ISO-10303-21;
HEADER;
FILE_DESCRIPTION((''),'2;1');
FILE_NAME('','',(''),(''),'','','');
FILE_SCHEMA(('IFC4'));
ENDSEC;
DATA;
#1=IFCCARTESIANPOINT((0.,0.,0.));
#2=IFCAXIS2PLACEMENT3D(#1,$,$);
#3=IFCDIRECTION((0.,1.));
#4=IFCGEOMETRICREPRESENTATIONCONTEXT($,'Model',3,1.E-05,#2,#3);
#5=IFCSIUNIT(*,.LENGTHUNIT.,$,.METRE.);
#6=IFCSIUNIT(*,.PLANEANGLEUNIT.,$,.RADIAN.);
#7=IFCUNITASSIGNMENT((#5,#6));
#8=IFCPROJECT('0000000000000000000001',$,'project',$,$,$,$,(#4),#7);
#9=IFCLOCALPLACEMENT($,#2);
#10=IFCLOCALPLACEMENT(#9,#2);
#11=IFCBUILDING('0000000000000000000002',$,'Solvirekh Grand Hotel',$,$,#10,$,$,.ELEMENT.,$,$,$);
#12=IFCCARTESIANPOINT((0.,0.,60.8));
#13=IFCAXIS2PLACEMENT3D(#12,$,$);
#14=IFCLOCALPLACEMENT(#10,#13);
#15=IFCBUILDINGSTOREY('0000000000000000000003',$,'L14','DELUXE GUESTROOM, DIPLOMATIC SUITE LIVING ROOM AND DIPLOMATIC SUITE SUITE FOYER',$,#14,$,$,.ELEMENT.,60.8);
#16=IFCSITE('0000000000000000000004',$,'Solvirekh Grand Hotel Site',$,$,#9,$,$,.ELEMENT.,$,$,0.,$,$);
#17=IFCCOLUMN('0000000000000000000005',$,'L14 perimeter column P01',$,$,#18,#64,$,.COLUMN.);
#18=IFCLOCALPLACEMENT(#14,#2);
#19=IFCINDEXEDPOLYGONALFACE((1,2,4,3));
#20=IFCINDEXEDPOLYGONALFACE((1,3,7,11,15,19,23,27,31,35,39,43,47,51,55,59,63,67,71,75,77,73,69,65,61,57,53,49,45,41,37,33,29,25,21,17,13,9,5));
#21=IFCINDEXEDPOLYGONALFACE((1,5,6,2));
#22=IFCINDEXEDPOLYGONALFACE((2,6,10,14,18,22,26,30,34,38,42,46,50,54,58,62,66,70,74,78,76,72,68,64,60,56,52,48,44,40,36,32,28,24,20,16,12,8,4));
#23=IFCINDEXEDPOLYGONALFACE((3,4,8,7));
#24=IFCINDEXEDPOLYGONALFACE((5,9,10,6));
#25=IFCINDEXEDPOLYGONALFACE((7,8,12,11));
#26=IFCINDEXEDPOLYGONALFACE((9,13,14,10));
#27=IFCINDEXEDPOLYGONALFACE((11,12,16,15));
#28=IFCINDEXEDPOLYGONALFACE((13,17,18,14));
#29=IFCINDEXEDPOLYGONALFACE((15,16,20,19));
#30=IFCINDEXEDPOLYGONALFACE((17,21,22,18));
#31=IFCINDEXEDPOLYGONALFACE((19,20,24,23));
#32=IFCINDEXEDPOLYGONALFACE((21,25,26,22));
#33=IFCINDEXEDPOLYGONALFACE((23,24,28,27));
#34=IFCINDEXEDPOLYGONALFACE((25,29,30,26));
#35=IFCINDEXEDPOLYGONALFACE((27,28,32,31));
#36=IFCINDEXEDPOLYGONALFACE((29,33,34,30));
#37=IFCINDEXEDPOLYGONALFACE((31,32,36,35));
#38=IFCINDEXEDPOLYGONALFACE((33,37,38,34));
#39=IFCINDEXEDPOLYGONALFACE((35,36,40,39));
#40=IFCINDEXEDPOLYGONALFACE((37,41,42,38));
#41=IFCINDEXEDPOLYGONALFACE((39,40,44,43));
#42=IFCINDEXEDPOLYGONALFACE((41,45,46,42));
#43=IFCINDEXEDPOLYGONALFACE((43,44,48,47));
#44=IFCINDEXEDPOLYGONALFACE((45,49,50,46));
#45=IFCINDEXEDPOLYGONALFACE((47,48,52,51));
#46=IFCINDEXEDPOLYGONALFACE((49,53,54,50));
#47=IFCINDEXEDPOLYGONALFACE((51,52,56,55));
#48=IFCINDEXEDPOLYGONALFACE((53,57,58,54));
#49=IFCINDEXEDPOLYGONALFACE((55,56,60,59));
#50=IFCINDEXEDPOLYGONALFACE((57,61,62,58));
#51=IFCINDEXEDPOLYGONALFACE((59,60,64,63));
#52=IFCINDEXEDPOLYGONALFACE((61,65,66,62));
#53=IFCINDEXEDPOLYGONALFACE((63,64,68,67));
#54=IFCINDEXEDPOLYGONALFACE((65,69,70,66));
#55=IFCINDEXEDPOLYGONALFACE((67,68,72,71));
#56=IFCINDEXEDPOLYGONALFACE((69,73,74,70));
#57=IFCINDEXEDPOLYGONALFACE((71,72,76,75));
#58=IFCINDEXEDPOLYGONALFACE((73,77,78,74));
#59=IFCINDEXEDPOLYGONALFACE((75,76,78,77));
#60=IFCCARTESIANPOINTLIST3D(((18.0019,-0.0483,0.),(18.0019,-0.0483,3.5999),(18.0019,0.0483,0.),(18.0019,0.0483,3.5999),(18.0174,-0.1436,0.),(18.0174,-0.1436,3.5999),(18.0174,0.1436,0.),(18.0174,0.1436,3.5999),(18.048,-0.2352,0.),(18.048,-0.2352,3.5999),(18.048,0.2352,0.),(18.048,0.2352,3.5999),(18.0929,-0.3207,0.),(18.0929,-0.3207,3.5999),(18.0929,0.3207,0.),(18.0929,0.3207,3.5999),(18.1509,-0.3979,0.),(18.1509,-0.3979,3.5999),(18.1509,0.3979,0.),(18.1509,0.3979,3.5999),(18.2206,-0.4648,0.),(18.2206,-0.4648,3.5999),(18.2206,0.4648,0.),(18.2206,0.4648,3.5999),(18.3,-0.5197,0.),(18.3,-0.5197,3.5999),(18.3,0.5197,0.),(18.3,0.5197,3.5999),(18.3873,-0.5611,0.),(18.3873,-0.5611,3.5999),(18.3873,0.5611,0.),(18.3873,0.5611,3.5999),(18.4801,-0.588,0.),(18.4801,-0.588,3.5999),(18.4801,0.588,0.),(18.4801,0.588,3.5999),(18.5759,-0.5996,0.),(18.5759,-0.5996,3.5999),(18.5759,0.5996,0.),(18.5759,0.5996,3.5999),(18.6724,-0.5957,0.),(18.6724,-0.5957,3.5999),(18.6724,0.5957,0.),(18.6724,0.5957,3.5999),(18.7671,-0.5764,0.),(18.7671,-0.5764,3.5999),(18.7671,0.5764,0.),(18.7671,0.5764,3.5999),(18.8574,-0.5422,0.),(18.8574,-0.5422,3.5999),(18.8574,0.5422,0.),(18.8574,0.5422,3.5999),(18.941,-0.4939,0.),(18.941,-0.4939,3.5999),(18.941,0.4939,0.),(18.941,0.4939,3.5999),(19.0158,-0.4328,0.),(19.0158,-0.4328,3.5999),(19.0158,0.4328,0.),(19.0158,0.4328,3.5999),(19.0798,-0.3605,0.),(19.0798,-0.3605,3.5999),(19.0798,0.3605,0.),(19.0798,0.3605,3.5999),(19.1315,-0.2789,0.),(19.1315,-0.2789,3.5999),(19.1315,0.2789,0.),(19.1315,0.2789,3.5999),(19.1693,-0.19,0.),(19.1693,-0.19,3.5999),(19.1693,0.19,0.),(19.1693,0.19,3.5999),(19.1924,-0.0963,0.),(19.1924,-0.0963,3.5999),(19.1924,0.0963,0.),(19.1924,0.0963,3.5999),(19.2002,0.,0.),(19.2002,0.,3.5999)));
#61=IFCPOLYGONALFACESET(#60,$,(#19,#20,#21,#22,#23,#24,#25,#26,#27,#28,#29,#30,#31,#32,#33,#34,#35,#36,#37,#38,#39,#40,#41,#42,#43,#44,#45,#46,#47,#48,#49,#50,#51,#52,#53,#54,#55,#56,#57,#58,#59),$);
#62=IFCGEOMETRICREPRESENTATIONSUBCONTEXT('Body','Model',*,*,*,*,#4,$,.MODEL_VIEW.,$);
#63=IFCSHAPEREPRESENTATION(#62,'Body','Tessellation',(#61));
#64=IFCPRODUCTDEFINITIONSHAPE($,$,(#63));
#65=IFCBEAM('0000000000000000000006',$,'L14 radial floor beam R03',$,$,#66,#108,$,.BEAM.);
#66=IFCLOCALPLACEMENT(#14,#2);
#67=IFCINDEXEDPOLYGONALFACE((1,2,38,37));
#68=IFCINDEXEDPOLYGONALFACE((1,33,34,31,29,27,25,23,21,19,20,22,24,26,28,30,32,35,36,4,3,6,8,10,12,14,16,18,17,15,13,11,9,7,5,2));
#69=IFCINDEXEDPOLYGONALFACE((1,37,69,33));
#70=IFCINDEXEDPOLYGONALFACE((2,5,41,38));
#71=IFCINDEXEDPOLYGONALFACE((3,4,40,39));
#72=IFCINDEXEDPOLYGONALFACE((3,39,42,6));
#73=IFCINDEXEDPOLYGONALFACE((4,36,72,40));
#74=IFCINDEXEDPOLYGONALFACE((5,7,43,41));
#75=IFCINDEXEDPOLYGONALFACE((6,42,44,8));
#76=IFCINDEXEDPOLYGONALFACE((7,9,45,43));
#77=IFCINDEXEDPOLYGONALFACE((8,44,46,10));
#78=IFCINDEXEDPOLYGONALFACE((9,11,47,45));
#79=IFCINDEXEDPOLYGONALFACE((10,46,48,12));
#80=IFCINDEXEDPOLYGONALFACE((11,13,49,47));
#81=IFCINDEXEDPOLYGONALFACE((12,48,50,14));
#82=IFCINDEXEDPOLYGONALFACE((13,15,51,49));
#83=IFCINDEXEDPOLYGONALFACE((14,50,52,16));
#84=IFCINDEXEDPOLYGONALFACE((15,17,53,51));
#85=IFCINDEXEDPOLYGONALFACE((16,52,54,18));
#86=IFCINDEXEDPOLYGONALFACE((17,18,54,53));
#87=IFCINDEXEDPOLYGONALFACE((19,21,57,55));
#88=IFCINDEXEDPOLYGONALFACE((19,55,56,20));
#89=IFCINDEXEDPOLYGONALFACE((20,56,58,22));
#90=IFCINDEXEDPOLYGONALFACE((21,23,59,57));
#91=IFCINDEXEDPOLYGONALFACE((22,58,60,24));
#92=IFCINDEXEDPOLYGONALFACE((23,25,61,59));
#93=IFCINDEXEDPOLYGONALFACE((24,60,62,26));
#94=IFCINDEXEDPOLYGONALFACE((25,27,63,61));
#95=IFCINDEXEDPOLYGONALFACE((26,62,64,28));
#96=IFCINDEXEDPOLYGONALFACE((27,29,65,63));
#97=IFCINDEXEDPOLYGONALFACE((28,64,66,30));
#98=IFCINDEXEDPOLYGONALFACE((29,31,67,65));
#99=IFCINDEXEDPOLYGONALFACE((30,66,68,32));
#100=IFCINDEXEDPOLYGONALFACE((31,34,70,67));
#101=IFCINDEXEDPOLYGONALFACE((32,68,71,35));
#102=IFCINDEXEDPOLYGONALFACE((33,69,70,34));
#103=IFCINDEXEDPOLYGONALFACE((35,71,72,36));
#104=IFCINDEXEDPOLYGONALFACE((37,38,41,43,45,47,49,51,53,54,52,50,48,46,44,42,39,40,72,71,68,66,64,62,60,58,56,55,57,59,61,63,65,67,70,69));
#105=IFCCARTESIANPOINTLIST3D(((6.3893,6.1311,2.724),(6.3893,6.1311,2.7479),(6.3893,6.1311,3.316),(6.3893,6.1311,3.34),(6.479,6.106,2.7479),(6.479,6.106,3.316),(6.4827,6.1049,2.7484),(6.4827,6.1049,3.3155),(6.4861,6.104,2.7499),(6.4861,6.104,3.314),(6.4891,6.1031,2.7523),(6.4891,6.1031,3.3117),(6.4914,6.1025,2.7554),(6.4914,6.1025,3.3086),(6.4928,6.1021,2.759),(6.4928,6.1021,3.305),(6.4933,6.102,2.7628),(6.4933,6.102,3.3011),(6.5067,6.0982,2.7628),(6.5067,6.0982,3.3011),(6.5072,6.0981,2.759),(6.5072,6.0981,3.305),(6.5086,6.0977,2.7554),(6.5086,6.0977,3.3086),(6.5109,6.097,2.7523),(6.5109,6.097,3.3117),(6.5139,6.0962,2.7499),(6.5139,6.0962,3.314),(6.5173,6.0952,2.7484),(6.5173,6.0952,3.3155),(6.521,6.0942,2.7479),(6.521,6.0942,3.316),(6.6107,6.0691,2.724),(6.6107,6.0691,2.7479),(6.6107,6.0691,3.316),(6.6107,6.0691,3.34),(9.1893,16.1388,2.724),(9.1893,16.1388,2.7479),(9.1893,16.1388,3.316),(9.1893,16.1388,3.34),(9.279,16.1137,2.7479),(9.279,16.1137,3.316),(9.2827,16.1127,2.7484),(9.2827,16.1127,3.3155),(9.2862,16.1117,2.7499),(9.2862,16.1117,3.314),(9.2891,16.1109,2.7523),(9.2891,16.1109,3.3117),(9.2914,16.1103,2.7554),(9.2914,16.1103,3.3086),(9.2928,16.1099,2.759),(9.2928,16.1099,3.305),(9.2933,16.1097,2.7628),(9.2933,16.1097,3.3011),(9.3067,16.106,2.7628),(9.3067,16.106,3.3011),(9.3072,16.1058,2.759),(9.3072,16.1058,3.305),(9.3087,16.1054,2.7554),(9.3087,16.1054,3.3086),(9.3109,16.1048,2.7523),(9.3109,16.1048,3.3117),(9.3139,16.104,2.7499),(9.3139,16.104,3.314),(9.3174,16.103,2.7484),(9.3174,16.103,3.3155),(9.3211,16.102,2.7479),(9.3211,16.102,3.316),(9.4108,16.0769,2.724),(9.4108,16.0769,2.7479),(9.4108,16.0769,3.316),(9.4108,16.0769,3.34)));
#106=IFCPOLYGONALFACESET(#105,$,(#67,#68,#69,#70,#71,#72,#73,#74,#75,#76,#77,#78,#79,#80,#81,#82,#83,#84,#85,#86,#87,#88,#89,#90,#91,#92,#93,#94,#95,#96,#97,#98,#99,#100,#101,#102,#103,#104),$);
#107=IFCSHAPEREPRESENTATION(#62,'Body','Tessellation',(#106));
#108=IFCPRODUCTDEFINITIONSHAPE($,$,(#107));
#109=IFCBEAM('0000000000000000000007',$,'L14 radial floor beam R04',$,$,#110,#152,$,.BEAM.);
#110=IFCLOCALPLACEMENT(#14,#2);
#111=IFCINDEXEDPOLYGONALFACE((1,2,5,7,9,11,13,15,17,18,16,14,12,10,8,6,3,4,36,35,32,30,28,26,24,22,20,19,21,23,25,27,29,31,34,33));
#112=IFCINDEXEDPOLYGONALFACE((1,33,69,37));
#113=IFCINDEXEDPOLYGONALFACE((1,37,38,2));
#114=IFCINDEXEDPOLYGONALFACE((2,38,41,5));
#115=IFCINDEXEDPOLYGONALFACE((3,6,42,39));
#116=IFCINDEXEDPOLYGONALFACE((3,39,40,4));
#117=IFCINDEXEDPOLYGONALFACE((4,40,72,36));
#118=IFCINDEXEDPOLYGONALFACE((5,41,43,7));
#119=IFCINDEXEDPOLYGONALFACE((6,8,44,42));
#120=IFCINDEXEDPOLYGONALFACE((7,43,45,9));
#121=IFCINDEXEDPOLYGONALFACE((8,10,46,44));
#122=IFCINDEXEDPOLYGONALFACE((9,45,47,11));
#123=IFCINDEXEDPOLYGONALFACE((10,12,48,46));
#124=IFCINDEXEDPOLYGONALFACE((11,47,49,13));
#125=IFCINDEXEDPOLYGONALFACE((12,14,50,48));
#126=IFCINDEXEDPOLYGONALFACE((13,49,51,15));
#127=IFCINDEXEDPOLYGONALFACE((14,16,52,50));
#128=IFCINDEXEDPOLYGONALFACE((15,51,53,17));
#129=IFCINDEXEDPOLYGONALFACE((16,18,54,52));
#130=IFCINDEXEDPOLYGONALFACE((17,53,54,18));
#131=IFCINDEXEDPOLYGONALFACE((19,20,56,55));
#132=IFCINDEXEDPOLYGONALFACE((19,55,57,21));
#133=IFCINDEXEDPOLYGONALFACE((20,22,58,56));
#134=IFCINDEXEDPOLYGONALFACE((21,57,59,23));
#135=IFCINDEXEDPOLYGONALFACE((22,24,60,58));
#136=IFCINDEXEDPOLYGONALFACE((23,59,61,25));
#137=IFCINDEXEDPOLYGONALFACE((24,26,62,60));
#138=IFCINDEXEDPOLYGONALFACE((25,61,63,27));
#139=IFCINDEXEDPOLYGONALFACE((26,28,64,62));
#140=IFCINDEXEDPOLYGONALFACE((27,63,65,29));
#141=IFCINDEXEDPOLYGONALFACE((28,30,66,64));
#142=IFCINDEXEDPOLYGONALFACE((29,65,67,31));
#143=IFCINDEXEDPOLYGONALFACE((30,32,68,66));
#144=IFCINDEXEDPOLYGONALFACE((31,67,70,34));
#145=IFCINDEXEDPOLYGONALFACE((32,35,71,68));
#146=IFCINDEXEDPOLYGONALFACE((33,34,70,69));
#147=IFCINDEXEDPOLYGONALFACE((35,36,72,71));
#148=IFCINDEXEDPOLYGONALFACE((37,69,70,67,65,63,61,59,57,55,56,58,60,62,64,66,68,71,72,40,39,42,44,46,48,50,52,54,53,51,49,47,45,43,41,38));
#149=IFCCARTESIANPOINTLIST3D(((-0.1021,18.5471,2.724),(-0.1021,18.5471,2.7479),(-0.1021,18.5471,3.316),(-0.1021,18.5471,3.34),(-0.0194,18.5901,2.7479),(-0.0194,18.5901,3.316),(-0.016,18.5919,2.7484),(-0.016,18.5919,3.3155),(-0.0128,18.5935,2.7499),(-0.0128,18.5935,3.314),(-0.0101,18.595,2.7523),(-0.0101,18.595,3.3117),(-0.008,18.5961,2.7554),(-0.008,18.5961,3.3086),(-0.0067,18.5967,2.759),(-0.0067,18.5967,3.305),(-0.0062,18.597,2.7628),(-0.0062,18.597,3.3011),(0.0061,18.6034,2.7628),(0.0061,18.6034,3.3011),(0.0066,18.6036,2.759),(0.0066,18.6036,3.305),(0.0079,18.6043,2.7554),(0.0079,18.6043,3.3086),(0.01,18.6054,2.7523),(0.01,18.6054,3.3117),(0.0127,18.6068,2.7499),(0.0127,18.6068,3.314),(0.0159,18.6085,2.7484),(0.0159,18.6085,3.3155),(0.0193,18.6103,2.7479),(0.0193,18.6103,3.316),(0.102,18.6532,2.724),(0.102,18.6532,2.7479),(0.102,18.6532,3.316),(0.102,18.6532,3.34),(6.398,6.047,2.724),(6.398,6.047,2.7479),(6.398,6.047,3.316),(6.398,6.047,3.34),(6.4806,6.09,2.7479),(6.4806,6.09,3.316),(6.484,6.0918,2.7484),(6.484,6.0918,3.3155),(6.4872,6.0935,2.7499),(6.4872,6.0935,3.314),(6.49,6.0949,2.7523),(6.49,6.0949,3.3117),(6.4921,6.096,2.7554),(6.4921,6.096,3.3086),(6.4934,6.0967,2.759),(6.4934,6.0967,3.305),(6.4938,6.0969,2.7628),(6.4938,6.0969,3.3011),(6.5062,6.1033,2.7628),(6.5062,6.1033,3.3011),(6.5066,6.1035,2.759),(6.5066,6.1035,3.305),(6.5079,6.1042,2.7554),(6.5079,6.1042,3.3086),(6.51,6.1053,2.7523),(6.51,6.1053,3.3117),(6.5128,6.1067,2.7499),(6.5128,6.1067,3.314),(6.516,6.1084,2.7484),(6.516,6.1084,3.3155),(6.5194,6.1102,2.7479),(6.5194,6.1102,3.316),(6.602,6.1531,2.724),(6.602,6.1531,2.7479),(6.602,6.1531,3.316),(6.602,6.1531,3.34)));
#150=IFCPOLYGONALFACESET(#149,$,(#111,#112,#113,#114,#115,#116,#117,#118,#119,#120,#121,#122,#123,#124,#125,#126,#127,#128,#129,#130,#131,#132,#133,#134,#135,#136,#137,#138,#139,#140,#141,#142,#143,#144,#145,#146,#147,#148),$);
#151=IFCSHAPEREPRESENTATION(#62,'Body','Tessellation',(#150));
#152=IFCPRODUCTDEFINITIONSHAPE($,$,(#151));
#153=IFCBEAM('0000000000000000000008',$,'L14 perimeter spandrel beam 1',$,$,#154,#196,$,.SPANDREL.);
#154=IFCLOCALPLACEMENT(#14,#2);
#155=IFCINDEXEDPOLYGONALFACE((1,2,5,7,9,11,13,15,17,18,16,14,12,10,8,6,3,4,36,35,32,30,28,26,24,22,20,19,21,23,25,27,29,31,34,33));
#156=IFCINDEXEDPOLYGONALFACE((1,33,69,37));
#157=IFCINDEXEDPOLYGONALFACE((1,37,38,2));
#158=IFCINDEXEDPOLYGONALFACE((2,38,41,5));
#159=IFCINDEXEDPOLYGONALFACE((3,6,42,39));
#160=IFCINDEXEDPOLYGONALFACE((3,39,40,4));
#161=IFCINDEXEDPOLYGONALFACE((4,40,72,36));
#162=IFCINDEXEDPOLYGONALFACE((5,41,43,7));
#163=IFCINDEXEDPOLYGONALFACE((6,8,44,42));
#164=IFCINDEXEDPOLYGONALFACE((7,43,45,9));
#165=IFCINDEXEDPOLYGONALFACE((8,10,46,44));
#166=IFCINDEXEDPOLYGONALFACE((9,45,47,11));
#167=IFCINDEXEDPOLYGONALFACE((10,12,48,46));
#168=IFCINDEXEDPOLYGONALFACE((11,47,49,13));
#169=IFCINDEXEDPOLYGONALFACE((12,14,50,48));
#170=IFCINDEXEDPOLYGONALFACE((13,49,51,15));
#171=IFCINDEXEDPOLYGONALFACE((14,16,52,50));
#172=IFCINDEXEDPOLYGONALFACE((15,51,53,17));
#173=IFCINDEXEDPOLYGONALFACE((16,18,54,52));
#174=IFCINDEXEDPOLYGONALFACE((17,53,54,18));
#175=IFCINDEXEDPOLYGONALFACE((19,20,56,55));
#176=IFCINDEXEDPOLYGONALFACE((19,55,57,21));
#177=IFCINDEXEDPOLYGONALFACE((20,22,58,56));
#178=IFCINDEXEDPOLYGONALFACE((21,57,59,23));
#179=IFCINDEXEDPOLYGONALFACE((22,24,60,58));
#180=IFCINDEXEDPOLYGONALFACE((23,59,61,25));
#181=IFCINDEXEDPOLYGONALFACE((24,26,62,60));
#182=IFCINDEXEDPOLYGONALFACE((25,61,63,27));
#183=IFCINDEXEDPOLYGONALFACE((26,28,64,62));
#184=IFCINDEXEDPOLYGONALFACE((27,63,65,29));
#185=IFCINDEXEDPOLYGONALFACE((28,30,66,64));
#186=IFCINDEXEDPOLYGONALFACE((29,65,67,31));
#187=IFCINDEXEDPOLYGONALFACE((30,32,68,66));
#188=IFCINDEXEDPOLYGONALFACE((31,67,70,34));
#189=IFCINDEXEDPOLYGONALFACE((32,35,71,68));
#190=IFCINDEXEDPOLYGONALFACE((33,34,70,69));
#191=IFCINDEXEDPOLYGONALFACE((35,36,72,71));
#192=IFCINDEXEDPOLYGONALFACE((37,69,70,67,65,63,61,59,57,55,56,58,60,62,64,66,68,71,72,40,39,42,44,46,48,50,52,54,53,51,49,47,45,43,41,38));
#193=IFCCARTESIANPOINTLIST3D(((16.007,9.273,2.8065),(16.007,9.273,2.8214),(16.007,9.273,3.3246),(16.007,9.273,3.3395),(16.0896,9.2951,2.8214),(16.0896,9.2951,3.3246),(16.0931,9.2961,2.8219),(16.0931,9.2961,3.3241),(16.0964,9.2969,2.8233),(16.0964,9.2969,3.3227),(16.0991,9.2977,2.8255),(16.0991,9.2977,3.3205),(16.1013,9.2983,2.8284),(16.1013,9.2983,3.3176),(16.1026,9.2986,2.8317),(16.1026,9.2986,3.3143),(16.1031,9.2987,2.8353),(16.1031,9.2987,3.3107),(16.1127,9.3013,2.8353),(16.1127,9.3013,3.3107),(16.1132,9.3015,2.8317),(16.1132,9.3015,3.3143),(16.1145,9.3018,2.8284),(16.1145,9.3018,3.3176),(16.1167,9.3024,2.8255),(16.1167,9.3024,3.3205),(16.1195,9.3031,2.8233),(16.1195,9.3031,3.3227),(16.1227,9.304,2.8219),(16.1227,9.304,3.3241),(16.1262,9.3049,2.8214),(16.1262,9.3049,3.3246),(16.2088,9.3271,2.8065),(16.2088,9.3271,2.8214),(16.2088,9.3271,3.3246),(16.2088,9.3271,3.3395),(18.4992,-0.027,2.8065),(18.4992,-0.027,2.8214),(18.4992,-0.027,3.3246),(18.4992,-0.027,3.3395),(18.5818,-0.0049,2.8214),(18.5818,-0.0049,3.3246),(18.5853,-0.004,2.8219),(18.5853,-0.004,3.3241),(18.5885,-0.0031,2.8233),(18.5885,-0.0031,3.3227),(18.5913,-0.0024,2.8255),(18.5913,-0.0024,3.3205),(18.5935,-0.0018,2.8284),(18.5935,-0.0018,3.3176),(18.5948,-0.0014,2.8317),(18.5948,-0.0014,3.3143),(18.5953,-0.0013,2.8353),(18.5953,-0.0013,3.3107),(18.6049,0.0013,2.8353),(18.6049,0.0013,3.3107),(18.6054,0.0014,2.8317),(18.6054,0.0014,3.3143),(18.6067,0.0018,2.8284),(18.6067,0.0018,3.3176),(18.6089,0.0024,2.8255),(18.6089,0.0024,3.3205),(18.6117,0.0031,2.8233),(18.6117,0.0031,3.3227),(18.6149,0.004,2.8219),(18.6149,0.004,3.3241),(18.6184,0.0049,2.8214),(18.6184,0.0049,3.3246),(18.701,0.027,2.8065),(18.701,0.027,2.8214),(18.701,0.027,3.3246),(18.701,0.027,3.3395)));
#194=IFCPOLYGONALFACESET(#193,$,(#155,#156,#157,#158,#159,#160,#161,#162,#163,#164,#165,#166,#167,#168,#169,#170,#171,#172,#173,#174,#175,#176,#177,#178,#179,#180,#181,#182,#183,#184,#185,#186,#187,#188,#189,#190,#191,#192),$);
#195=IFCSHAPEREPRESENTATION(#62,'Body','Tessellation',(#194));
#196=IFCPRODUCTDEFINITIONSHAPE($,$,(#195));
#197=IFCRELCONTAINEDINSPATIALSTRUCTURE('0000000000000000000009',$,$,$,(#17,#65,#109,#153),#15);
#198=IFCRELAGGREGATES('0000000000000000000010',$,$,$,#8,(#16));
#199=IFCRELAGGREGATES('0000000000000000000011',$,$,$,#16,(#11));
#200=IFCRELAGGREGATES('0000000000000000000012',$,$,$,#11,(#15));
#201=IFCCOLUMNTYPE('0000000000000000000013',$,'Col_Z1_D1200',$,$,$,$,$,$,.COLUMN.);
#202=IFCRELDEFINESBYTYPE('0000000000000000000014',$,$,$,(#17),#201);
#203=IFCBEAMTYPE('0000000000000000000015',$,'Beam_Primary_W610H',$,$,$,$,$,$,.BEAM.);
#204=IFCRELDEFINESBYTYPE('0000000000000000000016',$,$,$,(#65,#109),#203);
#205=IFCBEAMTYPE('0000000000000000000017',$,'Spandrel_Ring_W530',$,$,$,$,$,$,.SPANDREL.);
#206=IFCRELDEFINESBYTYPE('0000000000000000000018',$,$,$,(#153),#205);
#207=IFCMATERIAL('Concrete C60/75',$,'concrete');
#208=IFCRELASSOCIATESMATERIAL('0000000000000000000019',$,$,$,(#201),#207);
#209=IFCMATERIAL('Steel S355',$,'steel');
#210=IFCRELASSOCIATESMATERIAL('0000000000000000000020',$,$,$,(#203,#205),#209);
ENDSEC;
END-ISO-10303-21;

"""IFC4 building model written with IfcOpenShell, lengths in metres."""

from ifc_helpers import new_model, si_unit, direction, frame, origin, origin_2d, place, context, subcontext, project, spatial, circle, i_section, extrude, material, material_profile, profile_set, type_object, element, save


model = new_model("IFC4")

# Units and contexts
model_context = context("Model", 3, precision=1e-05, world=origin(), true_north=direction((0.0, 1.0)))
body_context = subcontext(model_context, "Body", "Model", "MODEL_VIEW")
ifc_project = project(units=[si_unit("LENGTHUNIT", "METRE"), si_unit("PLANEANGLEUNIT", "RADIAN")], contexts=[model_context])

# Site, building, storey
site_placement = place(None, origin())
site = spatial("IfcSite", under=ifc_project, at=site_placement, Name="Solvirekh Grand Hotel Site", CompositionType="ELEMENT", RefElevation=0.0)
building_placement = place(site_placement, origin())
building = spatial("IfcBuilding", under=site, at=building_placement, Name="Solvirekh Grand Hotel", CompositionType="ELEMENT")
storey_placement = place(building_placement, frame((0.0, 0.0, 60.8)))
storey = spatial("IfcBuildingStorey", under=building, at=storey_placement, Name="L14", Description="DELUXE GUESTROOM, DIPLOMATIC SUITE LIVING ROOM AND DIPLOMATIC SUITE SUITE FOYER", CompositionType="ELEMENT", Elevation=60.8)

# Column
ifc_material_1 = material(Name="Concrete C60/75", Category="concrete")
ifc_material_profile_1 = material_profile(ifc_material_1, circle(Radius=0.6001, at=origin_2d()), Name="RC CIRC D1200")
ifc_profile_set_1 = profile_set([ifc_material_profile_1], Name="Concrete C60/75")
column_type = type_object("IfcColumnType", Name="Col_Z1_D1200", PredefinedType="COLUMN", material=ifc_profile_set_1)
column_placement = place(storey_placement, frame((18.6001, 0.0, 0.0), z_axis=(0.0, 0.0, 1.0), x_axis=(1.0, 0.0, 0.0)))
element("IfcColumn", 1, at=column_placement, inside=storey, type_object=column_type, Name="L14 perimeter column P01", PredefinedType="COLUMN", context=body_context, shape_type="SweptSolid", body=[
    extrude(circle(Radius=0.6001, at=origin_2d()), origin(), (0.0, 0.0, 1.0), 3.5999),
])

# Beams
ifc_material_2 = material(Name="Steel S355", Category="steel")
ifc_material_profile_2 = material_profile(ifc_material_2, i_section(OverallWidth=0.23, OverallDepth=0.616, WebThickness=0.0139, FlangeThickness=0.0239, FilletRadius=0.0149, at=origin_2d()), Name="W610X174")
ifc_profile_set_2 = profile_set([ifc_material_profile_2], Name="Steel S355")
beam_type_1 = type_object("IfcBeamType", Name="Beam_Primary_W610H", PredefinedType="BEAM", material=ifc_profile_set_2)
beam_1_placement = place(storey_placement, frame((6.5, 6.1001, 3.032), z_axis=(0.269439, 0.963017, 0.0), x_axis=(-0.963017, 0.269439, 0.0)))
element("IfcBeam", 2, at=beam_1_placement, inside=storey, type_object=beam_type_1, Name="L14 radial floor beam R03", PredefinedType="BEAM", context=body_context, shape_type="SweptSolid", body=[
    extrude(i_section(OverallWidth=0.23, OverallDepth=0.616, WebThickness=0.0139, FlangeThickness=0.0239, FilletRadius=0.0149, at=origin_2d()), origin(), (0.0, 0.0, 1.0), 10.3921),
])
beam_2_placement = place(storey_placement, frame((6.5, 6.1001, 3.032), z_axis=(-0.461353, 0.887217, 0.0), x_axis=(-0.887217, -0.461353, 0.0)))
element("IfcBeam", 3, at=beam_2_placement, inside=storey, type_object=beam_type_1, Name="L14 radial floor beam R04", PredefinedType="BEAM", context=body_context, shape_type="SweptSolid", body=[
    extrude(i_section(OverallWidth=0.23, OverallDepth=0.616, WebThickness=0.0139, FlangeThickness=0.0239, FilletRadius=0.0149, at=origin_2d()), origin(), (0.0, 0.0, 1.0), 14.0891),
])
ifc_material_profile_3 = material_profile(ifc_material_2, i_section(OverallWidth=0.209, OverallDepth=0.533, WebThickness=0.01, FlangeThickness=0.0149, FilletRadius=0.0139, at=origin_2d()), Name="W530X92")
ifc_profile_set_3 = profile_set([ifc_material_profile_3], Name="Steel S355")
beam_type_2 = type_object("IfcBeamType", Name="Spandrel_Ring_W530", PredefinedType="SPANDREL", material=ifc_profile_set_3)
beam_3_placement = place(storey_placement, frame((18.6001, 0.0, 3.073), z_axis=(-0.258843, 0.965919, 0.0), x_axis=(-0.965919, -0.258843, 0.0)))
element("IfcBeam", 4, at=beam_3_placement, inside=storey, type_object=beam_type_2, Name="L14 perimeter spandrel beam 1", PredefinedType="SPANDREL", context=body_context, shape_type="SweptSolid", body=[
    extrude(i_section(OverallWidth=0.209, OverallDepth=0.533, WebThickness=0.01, FlangeThickness=0.0149, FilletRadius=0.0139, at=origin_2d()), origin(), (0.0, 0.0, 1.0), 9.6282),
])

save(model, "model.ifc")
